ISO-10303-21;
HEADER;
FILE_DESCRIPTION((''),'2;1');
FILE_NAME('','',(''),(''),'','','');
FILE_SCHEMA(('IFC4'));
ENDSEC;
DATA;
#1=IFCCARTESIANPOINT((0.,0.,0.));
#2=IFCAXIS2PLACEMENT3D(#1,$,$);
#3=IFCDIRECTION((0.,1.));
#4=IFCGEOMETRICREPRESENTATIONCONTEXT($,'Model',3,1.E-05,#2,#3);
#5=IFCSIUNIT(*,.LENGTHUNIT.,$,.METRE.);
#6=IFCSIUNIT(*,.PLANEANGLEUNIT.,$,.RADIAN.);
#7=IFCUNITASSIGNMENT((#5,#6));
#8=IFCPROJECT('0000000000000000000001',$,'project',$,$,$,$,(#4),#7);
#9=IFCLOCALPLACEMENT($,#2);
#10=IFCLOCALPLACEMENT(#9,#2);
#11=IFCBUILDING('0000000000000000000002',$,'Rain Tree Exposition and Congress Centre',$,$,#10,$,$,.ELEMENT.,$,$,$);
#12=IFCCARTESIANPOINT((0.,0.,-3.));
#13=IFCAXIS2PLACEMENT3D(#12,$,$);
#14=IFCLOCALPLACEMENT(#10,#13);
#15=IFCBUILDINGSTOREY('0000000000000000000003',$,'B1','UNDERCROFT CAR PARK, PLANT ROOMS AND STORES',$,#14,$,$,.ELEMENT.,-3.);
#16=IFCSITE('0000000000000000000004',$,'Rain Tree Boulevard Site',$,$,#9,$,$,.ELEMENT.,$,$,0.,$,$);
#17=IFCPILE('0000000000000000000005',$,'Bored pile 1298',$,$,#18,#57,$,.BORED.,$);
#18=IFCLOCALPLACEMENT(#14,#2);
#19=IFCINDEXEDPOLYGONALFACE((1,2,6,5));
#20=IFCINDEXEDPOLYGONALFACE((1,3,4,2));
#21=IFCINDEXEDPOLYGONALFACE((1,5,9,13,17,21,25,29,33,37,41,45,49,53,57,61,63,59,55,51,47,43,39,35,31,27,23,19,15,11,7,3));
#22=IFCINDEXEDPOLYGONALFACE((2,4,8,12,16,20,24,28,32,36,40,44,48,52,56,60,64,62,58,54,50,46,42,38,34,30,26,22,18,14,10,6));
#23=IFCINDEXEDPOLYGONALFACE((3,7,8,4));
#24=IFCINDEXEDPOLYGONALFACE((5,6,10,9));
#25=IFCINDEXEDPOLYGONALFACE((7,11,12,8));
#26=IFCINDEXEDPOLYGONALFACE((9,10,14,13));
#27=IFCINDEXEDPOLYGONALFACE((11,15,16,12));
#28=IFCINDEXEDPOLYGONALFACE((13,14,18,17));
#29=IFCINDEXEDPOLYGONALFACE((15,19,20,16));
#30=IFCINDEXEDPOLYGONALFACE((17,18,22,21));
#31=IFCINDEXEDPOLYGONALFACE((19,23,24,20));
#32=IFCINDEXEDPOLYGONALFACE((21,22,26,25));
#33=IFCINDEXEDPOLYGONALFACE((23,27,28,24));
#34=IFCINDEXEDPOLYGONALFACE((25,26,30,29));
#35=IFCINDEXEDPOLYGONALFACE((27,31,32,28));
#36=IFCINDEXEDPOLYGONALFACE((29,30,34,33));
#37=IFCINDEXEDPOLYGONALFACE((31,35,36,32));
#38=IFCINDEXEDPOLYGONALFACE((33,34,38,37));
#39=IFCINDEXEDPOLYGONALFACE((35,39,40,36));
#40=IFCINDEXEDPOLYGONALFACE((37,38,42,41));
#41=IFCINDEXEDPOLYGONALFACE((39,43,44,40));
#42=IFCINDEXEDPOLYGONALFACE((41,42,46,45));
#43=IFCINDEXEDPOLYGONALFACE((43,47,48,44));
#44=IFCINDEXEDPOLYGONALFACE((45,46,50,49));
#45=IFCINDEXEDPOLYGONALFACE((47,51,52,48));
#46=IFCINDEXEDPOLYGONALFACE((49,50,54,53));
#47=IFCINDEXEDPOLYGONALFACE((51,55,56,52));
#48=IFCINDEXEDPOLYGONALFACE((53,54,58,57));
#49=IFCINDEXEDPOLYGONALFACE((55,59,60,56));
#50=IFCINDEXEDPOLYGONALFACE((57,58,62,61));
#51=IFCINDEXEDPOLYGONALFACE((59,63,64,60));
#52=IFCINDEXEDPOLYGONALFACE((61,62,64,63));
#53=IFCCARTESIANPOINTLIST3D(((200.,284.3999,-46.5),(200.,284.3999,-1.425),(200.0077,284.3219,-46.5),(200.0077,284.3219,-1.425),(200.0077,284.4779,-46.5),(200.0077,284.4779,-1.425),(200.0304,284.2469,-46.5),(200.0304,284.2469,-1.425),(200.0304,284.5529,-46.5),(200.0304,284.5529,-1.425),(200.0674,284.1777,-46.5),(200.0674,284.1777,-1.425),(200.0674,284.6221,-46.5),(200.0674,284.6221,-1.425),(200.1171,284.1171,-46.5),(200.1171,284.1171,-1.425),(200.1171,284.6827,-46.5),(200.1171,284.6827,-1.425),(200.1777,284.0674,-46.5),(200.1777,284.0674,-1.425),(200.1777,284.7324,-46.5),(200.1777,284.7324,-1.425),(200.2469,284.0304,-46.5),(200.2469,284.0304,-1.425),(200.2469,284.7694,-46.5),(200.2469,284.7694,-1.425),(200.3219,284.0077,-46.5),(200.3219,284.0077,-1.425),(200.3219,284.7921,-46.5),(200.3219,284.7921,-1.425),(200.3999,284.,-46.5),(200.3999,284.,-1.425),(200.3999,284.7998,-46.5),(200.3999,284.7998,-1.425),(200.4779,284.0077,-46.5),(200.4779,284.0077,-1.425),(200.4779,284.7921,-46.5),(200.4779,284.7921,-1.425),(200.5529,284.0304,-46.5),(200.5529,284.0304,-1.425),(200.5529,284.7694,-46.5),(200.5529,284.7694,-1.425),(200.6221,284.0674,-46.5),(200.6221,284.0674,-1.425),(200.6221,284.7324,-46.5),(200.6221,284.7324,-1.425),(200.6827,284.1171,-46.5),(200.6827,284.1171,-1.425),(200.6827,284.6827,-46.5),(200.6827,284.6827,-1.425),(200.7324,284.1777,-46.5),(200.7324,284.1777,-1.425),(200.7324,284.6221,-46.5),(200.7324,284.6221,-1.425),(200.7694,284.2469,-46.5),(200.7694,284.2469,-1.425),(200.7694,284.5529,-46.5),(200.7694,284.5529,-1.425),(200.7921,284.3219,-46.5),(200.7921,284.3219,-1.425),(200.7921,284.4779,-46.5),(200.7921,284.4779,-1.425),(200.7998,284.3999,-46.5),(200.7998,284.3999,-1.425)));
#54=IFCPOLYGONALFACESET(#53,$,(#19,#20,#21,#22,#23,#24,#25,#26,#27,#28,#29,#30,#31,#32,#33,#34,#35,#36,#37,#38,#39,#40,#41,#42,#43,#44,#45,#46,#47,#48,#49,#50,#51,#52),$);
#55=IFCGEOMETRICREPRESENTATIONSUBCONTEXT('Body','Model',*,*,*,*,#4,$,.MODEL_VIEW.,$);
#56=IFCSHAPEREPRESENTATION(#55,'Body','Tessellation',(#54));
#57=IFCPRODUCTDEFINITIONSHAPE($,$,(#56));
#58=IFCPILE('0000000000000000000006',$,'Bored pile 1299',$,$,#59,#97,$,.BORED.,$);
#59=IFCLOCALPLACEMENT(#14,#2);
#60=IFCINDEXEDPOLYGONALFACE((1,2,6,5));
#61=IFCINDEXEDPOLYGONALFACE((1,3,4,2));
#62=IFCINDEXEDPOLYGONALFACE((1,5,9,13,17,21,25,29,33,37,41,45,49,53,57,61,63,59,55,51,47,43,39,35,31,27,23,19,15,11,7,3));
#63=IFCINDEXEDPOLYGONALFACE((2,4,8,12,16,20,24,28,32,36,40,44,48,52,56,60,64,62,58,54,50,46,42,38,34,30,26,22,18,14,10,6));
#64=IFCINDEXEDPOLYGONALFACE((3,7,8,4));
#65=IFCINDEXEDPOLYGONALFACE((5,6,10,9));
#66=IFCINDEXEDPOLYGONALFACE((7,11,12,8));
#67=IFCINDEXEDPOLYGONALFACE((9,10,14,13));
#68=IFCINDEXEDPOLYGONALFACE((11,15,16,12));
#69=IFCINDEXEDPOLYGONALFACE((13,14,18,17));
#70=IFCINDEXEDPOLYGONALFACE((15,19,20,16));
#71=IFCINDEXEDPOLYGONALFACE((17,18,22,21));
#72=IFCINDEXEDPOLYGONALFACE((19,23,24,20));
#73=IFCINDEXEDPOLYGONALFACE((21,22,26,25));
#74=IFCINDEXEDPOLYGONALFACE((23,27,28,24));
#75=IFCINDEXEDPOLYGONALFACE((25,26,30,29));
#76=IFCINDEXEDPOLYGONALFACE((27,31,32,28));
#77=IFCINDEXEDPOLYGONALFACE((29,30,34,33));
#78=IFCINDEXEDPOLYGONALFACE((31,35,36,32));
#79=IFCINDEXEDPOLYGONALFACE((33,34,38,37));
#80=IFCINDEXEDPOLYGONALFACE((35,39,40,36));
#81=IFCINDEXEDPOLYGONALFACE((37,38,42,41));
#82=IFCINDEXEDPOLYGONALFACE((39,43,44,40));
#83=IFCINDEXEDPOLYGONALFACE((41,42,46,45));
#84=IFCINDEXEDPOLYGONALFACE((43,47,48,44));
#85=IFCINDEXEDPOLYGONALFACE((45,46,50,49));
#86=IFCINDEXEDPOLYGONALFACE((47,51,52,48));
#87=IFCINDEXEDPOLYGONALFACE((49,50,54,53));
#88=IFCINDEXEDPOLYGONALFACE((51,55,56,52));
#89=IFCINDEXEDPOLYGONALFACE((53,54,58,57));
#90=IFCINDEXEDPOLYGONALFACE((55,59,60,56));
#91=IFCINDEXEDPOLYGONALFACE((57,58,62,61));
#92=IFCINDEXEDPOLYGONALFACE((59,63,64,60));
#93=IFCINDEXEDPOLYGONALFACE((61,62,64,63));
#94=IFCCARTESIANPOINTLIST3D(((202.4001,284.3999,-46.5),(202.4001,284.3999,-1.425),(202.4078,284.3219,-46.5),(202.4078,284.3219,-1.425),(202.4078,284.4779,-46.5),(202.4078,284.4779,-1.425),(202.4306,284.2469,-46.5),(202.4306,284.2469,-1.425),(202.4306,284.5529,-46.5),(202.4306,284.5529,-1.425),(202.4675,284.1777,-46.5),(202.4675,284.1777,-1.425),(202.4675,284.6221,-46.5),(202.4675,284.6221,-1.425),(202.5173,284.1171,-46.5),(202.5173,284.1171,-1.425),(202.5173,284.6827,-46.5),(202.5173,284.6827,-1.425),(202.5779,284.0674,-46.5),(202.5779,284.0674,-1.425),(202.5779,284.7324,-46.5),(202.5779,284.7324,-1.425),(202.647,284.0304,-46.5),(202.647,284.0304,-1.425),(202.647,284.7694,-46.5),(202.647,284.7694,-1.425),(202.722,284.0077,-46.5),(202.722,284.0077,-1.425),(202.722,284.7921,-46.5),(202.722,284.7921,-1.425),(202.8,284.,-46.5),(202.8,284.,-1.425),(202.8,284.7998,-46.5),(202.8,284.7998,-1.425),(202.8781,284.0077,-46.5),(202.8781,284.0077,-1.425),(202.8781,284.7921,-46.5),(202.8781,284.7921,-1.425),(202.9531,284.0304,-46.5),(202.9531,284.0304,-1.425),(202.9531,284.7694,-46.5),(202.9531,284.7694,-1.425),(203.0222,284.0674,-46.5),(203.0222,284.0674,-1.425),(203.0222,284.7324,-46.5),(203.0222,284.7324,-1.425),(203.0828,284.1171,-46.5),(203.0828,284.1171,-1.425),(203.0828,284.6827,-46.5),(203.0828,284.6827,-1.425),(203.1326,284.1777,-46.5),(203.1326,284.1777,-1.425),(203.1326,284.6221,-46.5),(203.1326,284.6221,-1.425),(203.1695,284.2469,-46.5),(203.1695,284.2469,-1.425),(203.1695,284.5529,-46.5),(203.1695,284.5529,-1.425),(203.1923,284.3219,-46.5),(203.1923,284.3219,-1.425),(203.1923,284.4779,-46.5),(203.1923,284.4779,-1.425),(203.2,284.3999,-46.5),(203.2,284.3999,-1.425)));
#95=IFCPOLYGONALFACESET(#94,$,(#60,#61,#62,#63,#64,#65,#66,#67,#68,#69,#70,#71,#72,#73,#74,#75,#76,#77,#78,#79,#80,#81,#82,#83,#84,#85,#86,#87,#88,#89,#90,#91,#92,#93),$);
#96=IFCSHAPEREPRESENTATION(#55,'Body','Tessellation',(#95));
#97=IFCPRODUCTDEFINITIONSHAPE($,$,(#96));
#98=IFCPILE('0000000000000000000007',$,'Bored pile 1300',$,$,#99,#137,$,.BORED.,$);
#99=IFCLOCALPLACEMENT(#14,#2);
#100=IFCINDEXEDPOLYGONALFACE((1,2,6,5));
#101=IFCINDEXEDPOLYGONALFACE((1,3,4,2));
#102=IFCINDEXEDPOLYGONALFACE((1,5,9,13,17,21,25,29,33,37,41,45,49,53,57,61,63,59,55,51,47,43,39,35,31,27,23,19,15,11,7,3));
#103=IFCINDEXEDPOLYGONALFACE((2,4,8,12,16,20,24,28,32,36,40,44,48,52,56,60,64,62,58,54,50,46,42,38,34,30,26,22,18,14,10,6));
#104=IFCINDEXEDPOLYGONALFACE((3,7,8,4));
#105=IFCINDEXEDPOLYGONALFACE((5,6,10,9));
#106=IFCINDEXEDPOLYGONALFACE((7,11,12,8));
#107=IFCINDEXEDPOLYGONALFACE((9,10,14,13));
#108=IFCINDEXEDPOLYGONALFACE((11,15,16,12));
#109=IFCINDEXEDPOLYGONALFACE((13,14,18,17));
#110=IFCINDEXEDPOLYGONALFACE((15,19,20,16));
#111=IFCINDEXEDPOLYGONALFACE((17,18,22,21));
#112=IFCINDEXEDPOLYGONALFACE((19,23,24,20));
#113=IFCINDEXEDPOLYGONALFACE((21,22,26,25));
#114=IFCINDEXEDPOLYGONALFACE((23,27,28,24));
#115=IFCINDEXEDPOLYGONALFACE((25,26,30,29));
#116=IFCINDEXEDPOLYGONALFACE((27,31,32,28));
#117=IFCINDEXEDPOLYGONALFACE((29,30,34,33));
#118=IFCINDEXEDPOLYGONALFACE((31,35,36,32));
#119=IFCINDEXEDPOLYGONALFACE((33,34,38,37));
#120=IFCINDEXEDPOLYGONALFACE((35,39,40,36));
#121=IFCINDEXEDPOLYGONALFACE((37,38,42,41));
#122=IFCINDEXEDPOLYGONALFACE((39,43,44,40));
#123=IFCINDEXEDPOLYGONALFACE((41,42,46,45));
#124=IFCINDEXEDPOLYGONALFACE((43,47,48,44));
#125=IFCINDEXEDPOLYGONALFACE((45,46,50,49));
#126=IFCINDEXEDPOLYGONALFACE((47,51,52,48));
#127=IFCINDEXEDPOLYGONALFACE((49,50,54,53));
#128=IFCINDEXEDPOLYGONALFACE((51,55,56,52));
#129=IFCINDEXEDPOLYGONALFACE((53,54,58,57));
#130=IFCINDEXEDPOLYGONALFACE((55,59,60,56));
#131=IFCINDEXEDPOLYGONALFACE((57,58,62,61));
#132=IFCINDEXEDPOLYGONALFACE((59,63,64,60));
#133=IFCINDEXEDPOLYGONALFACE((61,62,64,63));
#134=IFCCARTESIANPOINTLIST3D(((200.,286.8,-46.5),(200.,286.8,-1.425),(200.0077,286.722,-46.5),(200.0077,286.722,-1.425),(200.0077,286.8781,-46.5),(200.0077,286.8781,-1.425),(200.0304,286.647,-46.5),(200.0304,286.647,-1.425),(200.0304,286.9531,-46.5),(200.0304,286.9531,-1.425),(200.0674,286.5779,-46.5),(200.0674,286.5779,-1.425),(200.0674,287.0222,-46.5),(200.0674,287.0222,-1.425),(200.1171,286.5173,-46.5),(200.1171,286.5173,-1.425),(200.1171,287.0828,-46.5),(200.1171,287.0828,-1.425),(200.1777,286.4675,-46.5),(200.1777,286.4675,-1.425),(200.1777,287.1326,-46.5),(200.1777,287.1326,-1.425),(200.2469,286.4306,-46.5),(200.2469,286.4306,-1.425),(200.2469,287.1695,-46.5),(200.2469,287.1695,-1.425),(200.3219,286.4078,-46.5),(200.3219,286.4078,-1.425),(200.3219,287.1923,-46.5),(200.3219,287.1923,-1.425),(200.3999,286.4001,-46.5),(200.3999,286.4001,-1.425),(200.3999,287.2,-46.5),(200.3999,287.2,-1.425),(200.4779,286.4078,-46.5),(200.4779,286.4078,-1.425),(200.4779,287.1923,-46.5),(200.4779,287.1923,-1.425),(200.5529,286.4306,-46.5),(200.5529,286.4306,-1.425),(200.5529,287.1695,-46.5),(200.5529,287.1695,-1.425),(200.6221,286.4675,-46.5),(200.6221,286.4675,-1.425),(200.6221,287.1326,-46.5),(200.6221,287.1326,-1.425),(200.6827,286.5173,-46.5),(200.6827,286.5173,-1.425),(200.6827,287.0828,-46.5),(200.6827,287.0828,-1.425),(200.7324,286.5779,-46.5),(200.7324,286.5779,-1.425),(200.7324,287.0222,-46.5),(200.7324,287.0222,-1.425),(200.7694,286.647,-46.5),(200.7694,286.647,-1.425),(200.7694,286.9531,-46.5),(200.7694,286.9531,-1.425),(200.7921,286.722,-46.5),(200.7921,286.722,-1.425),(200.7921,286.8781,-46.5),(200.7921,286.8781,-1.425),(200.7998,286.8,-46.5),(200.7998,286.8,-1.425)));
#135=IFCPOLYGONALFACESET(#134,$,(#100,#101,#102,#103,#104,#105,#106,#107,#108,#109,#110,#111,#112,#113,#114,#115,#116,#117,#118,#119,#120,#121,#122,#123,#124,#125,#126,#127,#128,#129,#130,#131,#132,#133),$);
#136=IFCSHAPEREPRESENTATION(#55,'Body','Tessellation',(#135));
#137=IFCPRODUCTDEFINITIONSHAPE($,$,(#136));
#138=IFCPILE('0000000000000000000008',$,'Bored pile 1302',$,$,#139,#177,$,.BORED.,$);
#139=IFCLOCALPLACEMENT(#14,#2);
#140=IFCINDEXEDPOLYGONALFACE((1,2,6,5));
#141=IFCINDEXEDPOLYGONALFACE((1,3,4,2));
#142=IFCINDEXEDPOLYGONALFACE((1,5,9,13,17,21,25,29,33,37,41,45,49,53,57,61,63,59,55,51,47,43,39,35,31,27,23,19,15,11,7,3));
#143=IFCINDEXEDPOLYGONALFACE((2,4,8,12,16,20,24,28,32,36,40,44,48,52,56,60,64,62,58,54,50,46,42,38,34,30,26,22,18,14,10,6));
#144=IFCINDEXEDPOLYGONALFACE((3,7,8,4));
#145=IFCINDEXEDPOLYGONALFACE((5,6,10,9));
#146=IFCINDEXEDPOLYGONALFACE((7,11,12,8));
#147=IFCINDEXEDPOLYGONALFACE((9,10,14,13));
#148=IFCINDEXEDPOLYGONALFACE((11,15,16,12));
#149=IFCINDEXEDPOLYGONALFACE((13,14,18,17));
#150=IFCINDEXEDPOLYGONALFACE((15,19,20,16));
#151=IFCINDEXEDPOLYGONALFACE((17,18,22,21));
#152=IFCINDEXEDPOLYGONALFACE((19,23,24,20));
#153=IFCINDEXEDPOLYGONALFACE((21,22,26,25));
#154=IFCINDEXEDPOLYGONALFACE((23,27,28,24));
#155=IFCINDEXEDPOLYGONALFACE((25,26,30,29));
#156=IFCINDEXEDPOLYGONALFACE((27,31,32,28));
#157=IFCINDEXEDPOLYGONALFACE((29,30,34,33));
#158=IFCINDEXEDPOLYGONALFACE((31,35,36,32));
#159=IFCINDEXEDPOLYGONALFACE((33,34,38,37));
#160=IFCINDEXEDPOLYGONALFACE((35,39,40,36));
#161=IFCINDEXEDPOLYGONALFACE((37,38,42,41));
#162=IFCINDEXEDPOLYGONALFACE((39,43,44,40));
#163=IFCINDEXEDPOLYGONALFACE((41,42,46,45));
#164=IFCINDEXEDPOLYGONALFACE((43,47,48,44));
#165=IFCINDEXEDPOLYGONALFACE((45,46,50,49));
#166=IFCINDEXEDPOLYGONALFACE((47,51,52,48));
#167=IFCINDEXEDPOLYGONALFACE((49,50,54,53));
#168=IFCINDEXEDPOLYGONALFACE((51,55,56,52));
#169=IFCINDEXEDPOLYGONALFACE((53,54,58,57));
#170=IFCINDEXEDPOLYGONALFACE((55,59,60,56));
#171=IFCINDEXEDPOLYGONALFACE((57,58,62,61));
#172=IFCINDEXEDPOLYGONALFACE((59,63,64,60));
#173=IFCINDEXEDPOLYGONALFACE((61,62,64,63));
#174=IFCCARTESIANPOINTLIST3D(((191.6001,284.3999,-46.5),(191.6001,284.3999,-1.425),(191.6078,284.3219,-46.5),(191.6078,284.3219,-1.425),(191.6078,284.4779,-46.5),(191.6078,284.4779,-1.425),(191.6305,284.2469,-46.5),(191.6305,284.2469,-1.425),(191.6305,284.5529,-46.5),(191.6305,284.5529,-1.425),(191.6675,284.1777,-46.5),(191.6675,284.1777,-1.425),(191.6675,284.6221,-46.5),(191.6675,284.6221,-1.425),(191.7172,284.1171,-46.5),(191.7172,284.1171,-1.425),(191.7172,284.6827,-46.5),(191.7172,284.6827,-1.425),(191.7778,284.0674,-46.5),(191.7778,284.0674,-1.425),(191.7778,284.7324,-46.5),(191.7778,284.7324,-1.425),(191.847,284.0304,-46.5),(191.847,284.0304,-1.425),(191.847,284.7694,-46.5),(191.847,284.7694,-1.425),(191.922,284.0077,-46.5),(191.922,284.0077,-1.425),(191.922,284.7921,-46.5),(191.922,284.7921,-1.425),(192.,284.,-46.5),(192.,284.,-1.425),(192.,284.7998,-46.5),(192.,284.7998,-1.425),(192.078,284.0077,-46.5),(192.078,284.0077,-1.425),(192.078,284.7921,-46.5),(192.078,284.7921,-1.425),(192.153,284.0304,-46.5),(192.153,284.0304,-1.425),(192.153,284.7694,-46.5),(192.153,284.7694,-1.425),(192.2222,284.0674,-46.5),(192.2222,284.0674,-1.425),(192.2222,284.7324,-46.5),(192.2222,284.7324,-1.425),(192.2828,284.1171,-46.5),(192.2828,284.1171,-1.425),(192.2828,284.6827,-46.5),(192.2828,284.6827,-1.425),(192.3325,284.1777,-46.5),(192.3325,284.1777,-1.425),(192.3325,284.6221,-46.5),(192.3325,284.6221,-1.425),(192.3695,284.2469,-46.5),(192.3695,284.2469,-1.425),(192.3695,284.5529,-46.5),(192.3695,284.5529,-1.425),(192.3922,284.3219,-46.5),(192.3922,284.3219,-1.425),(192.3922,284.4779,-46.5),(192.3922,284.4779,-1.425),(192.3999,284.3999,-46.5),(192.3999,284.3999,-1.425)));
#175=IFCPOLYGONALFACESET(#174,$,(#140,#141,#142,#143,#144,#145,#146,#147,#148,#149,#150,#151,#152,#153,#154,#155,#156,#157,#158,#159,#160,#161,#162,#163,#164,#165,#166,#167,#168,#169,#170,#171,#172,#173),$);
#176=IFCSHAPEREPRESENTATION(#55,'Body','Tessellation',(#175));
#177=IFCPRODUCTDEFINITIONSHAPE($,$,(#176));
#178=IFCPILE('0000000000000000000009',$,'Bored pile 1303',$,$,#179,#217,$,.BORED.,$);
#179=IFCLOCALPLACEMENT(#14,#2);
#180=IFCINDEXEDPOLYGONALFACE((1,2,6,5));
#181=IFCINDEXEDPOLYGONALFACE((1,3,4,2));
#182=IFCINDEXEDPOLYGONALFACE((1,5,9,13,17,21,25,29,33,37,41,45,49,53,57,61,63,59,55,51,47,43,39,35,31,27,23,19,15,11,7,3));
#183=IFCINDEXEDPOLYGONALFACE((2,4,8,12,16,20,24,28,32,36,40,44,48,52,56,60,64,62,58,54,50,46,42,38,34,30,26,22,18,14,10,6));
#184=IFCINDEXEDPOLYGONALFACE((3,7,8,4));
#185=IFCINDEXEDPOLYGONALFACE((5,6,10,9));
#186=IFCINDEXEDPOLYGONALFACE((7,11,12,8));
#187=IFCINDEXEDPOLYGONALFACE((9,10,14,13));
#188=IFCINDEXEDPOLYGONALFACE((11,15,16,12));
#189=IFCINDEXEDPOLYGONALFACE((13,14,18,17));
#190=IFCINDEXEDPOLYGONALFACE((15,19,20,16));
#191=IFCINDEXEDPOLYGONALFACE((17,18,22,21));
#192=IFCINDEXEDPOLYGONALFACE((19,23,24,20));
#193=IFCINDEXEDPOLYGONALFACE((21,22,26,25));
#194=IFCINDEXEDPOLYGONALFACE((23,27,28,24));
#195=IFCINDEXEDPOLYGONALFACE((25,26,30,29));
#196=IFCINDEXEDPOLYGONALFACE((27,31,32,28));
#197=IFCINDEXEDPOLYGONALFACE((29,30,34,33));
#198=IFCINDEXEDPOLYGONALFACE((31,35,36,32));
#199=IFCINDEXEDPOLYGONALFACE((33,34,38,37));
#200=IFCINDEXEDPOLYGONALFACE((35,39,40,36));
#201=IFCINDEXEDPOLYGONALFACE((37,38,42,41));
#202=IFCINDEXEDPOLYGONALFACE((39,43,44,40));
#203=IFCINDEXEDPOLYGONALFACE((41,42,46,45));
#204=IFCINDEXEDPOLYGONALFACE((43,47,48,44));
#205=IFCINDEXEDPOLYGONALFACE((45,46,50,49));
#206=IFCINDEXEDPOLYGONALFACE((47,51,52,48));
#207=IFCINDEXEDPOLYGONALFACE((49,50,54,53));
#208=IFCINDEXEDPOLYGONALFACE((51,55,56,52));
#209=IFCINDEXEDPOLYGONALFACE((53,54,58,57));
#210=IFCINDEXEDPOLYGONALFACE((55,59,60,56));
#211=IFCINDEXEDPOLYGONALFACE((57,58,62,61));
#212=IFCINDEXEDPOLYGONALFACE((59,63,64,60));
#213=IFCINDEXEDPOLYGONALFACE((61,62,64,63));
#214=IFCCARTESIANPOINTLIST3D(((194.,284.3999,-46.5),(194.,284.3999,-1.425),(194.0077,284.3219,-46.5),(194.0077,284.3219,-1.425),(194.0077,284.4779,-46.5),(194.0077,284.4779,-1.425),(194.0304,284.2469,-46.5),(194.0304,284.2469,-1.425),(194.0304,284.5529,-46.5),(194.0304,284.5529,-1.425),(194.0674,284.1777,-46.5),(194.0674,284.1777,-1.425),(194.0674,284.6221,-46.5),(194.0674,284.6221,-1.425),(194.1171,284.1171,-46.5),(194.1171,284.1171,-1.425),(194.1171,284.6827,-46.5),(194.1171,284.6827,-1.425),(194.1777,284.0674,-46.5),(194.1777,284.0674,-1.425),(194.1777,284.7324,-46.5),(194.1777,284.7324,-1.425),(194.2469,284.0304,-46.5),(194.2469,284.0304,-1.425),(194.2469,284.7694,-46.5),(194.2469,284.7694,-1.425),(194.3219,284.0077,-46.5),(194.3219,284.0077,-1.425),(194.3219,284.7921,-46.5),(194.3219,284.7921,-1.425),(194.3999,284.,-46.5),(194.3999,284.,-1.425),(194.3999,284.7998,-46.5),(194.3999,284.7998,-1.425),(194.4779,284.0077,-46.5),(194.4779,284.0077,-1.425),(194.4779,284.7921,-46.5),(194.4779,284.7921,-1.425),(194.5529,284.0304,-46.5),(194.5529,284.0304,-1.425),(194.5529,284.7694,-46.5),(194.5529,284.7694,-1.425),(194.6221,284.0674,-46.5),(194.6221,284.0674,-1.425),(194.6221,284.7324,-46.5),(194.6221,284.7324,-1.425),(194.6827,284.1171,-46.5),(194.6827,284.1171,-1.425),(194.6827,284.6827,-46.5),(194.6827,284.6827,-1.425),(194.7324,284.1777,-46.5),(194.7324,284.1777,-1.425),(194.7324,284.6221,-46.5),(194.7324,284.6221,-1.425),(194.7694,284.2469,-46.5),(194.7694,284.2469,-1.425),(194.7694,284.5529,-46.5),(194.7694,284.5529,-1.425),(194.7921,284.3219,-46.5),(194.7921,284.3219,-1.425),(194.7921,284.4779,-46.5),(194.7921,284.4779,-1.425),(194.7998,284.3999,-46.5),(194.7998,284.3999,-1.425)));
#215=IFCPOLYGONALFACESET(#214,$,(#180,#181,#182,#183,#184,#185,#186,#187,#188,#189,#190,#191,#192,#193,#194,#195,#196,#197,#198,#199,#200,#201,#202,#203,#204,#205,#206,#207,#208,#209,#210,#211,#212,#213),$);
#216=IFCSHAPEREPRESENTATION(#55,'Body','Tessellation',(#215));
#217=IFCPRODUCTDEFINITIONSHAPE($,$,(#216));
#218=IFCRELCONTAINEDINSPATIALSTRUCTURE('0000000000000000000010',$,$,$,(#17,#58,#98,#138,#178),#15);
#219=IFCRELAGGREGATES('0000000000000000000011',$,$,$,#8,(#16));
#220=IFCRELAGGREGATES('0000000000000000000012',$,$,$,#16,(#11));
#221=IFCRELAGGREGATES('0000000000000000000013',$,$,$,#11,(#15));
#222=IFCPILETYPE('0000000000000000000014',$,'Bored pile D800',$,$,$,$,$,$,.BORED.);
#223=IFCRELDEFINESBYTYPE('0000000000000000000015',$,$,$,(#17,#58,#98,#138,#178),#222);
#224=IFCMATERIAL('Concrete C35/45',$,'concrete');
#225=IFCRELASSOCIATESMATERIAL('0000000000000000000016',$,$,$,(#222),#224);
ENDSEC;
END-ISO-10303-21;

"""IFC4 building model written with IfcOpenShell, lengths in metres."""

from ifc_helpers import new_model, si_unit, direction, frame, origin, origin_2d, place, context, subcontext, project, spatial, circle, extrude, material, material_profile, profile_set, type_object, element, save


model = new_model("IFC4")

# Units and contexts
model_context = context("Model", 3, precision=1e-05, world=origin(), true_north=direction((0.0, 1.0)))
body_context = subcontext(model_context, "Body", "Model", "MODEL_VIEW")
ifc_project = project(units=[si_unit("LENGTHUNIT", "METRE"), si_unit("PLANEANGLEUNIT", "RADIAN")], contexts=[model_context])

# Site, building, storey
site_placement = place(None, origin())
site = spatial("IfcSite", under=ifc_project, at=site_placement, Name="Rain Tree Boulevard Site", CompositionType="ELEMENT", RefElevation=0.0)
building_placement = place(site_placement, origin())
building = spatial("IfcBuilding", under=site, at=building_placement, Name="Rain Tree Exposition and Congress Centre", CompositionType="ELEMENT")
storey_placement = place(building_placement, frame((0.0, 0.0, -3.0)))
storey = spatial("IfcBuildingStorey", under=building, at=storey_placement, Name="B1", Description="UNDERCROFT CAR PARK, PLANT ROOMS AND STORES", CompositionType="ELEMENT", Elevation=-3.0)

# Piles
ifc_material_1 = material(Name="Concrete C35/45", Category="concrete")
ifc_material_profile_1 = material_profile(ifc_material_1, circle(Radius=0.3999, at=origin_2d()), Name="D800")
ifc_profile_set_1 = profile_set([ifc_material_profile_1], Name="Concrete C35/45")
pile_type_1 = type_object("IfcPileType", Name="Bored pile D800", PredefinedType="BORED", material=ifc_profile_set_1)
for number, where, z_axis, x_axis, name in (
    (1, (200.3999, 284.3999, -1.425), (0.0, 0.0, -1.0), (1.0, 0.0, 0.0), "Bored pile 1298"),
    (2, (202.8, 284.3999, -1.425), (0.0, 0.0, -1.0), (1.0, 0.0, 0.0), "Bored pile 1299"),
    (3, (200.3999, 286.8, -1.425), (0.0, 0.0, -1.0), (1.0, 0.0, 0.0), "Bored pile 1300"),
    (4, (192.0, 284.3999, -1.425), (0.0, 0.0, -1.0), (1.0, 0.0, 0.0), "Bored pile 1302"),
    (5, (194.3999, 284.3999, -1.425), (0.0, 0.0, -1.0), (1.0, 0.0, 0.0), "Bored pile 1303"),
):
    element("IfcPile", number, at=place(storey_placement, frame(where, z_axis=z_axis, x_axis=x_axis)), inside=storey, type_object=pile_type_1, Name=name, PredefinedType="BORED", context=body_context, shape_type="SweptSolid", body=[
        extrude(circle(Radius=0.3999, at=origin_2d()), origin(), (0.0, 0.0, 1.0), 45.075),
    ])

save(model, "model.ifc")
